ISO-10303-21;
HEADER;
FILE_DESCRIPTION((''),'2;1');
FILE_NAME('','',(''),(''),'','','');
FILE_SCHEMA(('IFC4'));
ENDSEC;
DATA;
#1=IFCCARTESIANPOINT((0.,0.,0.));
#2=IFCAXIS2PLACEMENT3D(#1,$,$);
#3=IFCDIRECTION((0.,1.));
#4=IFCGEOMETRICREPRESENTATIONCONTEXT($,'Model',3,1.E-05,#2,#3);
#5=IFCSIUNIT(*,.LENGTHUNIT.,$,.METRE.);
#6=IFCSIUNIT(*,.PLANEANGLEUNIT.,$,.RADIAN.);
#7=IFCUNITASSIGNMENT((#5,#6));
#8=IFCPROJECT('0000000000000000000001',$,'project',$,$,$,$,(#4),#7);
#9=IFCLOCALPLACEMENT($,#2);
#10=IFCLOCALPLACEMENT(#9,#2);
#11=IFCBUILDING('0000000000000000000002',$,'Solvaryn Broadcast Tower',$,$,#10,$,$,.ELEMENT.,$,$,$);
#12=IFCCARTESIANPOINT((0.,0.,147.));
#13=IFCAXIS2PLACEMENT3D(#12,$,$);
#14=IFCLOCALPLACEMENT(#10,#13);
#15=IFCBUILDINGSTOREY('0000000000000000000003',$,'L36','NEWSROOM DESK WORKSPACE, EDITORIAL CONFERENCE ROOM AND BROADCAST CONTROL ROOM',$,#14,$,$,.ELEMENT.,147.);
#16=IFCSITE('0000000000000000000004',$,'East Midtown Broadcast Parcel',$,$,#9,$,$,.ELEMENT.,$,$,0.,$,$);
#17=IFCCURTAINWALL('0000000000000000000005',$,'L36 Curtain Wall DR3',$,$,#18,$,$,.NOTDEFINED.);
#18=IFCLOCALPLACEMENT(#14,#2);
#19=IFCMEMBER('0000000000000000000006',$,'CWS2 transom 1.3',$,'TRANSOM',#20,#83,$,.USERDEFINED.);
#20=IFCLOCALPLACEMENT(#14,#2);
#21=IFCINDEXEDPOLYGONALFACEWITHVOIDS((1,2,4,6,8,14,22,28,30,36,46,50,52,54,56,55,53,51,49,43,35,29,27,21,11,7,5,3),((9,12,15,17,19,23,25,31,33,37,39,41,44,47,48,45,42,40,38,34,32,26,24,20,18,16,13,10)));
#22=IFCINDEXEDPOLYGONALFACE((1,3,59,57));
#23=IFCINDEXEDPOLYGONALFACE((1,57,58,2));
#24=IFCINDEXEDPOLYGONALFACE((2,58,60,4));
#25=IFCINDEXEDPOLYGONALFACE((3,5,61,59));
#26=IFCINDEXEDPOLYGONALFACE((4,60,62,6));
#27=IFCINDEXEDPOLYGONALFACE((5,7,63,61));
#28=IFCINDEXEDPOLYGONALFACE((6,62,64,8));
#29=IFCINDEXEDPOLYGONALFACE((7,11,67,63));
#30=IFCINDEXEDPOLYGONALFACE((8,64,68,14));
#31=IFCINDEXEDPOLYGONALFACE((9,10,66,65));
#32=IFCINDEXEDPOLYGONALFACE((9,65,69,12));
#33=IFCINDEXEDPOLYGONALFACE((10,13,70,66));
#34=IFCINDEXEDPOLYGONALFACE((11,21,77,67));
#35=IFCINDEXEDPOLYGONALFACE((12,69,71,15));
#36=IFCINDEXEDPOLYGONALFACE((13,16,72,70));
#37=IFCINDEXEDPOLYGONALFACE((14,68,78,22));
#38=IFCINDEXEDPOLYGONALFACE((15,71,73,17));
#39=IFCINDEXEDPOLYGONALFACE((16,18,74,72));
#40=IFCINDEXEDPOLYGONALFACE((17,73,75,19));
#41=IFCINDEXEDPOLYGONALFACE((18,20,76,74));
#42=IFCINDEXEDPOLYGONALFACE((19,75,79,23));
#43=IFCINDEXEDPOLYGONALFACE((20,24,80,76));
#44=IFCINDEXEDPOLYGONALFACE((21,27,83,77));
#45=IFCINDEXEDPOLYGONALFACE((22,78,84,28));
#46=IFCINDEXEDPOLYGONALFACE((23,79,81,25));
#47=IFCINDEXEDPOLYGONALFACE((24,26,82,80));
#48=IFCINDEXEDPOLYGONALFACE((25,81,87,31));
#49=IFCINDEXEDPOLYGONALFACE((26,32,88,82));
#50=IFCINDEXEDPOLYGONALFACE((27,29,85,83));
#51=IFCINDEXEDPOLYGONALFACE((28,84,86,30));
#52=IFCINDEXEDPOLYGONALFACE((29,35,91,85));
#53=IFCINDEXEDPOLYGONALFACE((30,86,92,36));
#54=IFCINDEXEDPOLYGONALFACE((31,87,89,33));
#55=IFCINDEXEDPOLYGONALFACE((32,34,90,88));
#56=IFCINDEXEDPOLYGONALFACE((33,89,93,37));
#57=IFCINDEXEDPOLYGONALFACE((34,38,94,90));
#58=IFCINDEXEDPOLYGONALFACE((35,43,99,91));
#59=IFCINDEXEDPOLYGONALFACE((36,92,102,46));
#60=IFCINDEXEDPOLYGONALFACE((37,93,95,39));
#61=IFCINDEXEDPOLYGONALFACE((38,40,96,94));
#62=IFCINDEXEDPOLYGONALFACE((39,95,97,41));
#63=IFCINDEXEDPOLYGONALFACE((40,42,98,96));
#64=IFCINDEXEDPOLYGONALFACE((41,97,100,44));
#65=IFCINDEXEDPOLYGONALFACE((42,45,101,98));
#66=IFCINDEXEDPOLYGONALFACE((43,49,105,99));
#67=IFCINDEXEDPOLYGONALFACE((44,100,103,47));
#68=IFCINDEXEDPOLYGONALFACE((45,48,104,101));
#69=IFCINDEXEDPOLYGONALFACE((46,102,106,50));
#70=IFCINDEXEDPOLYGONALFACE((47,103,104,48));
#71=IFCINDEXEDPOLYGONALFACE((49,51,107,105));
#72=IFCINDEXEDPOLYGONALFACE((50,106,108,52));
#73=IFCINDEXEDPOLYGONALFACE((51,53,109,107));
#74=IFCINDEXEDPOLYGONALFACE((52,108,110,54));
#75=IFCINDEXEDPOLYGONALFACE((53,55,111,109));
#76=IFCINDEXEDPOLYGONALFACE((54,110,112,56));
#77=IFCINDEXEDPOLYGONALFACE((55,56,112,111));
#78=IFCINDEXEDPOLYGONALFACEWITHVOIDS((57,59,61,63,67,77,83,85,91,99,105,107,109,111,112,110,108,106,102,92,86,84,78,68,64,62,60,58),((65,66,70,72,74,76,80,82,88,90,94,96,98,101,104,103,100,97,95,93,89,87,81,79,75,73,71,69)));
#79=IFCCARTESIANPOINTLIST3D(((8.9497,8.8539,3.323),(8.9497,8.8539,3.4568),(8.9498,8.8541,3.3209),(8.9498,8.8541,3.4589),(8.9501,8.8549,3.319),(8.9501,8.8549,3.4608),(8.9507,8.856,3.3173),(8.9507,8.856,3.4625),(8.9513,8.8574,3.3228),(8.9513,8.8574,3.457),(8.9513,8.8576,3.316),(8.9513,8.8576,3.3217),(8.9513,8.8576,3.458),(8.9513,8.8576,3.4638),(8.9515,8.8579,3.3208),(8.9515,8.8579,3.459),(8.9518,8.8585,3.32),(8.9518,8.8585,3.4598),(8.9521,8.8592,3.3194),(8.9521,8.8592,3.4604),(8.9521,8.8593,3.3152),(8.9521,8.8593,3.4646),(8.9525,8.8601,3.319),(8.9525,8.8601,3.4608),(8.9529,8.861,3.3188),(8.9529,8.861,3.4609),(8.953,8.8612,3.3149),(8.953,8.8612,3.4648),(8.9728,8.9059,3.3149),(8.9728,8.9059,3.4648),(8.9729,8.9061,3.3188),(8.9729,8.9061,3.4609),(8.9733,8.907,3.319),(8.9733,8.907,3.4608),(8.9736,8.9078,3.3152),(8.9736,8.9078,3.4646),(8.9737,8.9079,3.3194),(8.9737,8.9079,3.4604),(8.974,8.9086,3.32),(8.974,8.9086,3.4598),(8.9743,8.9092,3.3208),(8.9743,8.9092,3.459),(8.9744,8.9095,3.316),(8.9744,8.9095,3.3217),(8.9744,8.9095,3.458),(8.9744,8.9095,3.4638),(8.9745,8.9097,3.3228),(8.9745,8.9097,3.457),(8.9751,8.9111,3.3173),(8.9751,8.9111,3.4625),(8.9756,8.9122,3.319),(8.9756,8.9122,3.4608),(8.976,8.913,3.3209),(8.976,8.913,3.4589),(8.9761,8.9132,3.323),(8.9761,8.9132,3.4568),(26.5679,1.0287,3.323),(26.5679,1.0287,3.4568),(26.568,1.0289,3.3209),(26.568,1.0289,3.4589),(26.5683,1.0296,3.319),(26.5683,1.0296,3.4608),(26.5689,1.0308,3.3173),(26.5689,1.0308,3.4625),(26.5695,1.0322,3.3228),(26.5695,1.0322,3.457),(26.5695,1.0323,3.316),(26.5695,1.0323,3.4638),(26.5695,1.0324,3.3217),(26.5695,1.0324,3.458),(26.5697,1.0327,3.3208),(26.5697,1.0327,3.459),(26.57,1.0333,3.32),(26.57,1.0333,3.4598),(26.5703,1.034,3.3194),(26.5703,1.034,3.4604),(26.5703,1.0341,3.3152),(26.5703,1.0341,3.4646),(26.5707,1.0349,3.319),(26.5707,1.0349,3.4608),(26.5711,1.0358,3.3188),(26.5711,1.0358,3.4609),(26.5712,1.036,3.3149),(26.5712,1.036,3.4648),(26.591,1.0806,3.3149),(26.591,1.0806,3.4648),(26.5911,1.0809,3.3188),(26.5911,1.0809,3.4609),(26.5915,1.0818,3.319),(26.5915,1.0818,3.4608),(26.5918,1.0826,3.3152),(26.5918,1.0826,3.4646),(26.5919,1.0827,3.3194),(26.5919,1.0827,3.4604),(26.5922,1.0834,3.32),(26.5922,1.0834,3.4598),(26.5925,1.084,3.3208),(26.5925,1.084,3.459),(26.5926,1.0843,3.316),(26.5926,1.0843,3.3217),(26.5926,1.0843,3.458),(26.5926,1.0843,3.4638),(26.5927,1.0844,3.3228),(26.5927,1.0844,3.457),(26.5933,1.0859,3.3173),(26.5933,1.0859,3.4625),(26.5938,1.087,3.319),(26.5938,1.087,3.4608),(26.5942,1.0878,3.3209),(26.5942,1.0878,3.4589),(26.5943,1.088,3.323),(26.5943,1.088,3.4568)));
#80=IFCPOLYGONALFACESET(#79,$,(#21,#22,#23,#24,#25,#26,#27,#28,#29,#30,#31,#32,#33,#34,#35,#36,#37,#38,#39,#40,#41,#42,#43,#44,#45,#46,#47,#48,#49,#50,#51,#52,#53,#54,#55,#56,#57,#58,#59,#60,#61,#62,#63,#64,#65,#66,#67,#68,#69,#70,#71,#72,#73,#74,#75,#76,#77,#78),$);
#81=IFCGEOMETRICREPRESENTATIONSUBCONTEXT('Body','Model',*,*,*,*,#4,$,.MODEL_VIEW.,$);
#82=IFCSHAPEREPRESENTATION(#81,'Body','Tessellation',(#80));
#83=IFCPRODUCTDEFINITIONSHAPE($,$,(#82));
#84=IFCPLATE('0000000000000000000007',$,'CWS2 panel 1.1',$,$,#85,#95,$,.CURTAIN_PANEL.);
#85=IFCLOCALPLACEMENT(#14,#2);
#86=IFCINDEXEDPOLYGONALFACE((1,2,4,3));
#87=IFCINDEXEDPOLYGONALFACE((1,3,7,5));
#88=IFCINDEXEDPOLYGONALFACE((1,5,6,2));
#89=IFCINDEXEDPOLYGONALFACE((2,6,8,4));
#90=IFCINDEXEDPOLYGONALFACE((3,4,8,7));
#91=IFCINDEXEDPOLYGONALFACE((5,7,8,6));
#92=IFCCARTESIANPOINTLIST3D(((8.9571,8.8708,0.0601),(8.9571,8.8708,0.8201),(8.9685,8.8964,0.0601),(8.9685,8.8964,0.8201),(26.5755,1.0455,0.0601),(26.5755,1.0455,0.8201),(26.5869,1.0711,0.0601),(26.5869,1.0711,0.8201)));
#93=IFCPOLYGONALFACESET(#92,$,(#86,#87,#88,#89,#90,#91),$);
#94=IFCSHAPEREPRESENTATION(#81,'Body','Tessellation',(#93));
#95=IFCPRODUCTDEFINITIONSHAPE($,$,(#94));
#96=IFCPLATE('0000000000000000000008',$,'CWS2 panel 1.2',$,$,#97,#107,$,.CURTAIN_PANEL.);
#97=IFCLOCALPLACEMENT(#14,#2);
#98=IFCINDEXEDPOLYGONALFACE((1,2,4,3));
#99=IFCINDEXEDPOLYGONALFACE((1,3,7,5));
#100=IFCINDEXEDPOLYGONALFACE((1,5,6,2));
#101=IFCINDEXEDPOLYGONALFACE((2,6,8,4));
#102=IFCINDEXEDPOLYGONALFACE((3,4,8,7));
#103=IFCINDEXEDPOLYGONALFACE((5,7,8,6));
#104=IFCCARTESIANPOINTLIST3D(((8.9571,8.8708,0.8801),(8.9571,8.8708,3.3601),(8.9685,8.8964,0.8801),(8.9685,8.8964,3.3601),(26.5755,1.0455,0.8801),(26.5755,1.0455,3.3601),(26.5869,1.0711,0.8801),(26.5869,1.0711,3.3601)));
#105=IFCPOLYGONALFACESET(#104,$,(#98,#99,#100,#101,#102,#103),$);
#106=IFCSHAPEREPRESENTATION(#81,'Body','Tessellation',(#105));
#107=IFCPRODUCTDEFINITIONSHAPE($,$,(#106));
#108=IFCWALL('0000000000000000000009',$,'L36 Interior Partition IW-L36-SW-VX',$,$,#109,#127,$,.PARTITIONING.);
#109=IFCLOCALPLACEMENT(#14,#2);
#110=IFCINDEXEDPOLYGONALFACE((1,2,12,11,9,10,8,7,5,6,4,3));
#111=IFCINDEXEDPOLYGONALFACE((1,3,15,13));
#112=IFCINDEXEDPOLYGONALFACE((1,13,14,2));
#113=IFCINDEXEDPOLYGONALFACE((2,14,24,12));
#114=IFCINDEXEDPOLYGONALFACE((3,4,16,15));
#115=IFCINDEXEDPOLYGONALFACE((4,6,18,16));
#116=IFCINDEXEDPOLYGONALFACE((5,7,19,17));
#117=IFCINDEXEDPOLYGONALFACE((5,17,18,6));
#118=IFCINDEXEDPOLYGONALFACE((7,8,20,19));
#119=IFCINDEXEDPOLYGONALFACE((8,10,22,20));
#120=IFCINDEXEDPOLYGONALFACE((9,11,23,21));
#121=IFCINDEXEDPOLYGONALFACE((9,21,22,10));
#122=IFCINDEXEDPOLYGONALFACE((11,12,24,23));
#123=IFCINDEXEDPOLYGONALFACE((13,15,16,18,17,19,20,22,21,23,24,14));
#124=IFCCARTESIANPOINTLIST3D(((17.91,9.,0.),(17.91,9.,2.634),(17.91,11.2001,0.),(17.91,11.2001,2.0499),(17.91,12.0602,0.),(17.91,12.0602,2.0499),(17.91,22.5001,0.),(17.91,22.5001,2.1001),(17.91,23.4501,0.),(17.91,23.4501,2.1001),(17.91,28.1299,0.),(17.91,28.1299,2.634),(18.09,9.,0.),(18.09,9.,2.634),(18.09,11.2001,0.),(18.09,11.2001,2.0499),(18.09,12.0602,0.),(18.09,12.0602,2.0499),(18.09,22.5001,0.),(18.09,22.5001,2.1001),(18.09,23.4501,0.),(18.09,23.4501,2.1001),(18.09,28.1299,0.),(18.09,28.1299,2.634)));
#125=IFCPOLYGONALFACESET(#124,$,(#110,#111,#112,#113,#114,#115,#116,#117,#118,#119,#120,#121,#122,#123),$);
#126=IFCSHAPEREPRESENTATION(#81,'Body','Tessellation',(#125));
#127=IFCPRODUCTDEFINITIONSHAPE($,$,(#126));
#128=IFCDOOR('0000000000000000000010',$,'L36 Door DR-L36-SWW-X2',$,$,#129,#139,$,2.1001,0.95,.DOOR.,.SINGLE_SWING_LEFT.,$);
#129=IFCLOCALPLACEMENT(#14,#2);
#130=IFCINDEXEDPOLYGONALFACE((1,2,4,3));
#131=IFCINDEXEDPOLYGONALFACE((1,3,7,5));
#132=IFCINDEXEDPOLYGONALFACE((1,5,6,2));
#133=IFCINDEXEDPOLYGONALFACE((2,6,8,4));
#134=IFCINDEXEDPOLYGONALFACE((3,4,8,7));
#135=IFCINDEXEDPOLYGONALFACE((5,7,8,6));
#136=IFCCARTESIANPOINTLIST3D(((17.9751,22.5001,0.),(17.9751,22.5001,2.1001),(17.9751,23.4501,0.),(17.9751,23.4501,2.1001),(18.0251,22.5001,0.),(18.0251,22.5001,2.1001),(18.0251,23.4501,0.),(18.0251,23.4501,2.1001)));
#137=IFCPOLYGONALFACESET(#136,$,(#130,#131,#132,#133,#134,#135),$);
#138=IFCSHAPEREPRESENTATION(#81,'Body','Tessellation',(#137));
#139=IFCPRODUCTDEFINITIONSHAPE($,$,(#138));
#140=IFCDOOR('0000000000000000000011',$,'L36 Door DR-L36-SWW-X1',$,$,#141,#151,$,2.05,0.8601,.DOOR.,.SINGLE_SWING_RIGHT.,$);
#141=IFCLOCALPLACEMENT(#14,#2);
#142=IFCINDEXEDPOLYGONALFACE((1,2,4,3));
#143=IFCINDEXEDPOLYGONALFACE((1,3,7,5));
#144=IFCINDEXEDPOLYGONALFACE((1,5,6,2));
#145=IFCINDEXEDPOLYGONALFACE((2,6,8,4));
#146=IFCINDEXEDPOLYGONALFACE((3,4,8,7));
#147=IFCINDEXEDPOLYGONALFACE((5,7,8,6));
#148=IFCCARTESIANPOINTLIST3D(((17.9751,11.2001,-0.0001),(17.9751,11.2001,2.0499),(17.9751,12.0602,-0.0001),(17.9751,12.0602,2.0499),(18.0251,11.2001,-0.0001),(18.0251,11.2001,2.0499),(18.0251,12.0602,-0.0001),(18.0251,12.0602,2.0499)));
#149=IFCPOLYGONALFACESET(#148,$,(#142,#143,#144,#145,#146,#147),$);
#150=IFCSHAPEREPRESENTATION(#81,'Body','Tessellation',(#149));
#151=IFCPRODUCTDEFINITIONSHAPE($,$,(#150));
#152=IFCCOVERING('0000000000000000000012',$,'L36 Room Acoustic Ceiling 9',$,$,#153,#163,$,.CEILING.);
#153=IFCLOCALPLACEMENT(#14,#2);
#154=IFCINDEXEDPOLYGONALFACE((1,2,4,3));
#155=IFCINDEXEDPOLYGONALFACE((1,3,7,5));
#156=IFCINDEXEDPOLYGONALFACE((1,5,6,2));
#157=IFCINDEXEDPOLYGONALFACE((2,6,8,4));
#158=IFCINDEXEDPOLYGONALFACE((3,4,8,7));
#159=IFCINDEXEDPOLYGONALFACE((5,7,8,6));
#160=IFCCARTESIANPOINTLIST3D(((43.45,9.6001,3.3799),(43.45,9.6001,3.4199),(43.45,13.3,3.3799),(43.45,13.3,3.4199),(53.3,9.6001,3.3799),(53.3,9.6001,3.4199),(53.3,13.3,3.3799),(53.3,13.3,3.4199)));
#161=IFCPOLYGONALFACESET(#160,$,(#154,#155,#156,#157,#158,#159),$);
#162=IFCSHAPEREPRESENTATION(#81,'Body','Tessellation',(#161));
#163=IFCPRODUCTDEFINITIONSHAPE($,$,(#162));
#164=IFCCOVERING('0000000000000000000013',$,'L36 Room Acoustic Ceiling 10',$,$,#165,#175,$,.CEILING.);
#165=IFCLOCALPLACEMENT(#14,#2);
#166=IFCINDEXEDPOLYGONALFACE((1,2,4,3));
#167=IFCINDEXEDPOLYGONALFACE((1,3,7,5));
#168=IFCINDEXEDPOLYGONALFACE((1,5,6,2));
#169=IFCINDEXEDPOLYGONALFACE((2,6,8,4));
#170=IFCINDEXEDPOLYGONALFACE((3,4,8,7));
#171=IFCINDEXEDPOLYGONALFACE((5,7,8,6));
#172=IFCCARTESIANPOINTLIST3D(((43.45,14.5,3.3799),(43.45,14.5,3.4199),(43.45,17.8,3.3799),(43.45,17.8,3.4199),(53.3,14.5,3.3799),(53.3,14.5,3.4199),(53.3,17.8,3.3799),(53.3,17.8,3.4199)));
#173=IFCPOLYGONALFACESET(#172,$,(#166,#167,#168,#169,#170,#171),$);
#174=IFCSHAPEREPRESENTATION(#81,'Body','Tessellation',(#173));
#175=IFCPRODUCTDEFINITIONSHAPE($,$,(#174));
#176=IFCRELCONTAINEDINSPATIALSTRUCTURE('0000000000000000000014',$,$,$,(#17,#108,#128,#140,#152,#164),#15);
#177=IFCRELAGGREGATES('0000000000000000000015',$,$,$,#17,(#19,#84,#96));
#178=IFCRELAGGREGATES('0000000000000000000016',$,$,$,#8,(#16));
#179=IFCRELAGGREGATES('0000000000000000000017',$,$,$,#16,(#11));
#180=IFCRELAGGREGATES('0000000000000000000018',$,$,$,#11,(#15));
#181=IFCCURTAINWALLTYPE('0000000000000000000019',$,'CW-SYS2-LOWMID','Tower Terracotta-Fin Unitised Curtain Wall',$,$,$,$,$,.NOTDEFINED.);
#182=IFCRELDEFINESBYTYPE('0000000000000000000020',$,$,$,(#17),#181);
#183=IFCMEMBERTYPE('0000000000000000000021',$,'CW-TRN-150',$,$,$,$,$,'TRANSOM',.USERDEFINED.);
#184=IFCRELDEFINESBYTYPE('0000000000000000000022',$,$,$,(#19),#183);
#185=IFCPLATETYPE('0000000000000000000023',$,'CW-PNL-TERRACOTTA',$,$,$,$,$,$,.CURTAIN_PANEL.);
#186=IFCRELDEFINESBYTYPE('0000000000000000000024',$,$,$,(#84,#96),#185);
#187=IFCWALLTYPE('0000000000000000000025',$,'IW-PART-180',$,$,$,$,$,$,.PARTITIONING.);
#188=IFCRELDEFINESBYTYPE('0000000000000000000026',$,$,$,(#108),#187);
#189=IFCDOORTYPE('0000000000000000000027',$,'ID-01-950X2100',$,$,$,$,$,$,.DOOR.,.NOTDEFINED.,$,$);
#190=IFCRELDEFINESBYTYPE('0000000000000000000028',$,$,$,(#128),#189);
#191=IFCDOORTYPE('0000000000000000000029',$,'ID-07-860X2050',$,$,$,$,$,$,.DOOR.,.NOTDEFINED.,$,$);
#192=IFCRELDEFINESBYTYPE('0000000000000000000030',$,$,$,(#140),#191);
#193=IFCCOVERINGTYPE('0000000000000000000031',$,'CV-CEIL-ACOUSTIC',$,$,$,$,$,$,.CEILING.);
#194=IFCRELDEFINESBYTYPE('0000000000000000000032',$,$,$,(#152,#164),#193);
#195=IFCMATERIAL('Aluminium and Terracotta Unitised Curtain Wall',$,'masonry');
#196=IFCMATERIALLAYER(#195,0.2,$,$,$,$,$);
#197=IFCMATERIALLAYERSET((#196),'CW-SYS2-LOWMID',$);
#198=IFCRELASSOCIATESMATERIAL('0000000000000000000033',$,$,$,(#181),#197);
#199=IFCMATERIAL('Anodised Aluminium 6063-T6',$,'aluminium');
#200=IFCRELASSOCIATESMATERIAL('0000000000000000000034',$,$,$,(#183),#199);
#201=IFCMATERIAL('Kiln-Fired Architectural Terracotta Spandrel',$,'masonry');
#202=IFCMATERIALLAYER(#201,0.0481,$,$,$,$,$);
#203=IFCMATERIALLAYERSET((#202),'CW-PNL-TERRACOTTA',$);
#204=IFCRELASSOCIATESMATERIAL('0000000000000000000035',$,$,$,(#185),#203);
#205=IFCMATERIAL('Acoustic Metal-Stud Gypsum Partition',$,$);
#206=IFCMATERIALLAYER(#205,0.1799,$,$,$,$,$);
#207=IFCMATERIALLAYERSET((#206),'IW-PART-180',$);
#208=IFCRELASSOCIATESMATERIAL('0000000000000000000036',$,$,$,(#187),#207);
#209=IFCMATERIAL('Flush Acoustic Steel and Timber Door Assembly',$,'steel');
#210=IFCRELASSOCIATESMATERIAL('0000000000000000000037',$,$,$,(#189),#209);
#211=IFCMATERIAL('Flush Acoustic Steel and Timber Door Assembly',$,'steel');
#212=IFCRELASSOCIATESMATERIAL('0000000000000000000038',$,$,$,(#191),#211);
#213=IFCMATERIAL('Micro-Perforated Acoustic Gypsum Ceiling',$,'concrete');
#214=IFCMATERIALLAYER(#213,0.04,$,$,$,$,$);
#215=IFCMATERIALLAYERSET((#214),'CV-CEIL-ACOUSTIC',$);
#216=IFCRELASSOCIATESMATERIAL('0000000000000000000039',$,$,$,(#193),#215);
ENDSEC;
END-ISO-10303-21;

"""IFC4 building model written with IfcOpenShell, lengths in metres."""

from ifc_helpers import new_model, si_unit, direction, frame, frame_2d, origin, origin_2d, place, context, subcontext, project, spatial, polyline, rectangle, hollow_rectangle, outline, extrude, material, layer, layer_set, material_profile, profile_set, type_object, element, fill, aggregate, save


model = new_model("IFC4")

# Units and contexts
model_context = context("Model", 3, precision=1e-05, world=origin(), true_north=direction((0.0, 1.0)))
body_context = subcontext(model_context, "Body", "Model", "MODEL_VIEW")
ifc_project = project(units=[si_unit("LENGTHUNIT", "METRE"), si_unit("PLANEANGLEUNIT", "RADIAN")], contexts=[model_context])

# Site, building, storey
site_placement = place(None, origin())
site = spatial("IfcSite", under=ifc_project, at=site_placement, Name="East Midtown Broadcast Parcel", CompositionType="ELEMENT", RefElevation=0.0)
building_placement = place(site_placement, origin())
building = spatial("IfcBuilding", under=site, at=building_placement, Name="Solvaryn Broadcast Tower", CompositionType="ELEMENT")
storey_placement = place(building_placement, frame((0.0, 0.0, 147.0)))
storey = spatial("IfcBuildingStorey", under=building, at=storey_placement, Name="L36", Description="NEWSROOM DESK WORKSPACE, EDITORIAL CONFERENCE ROOM AND BROADCAST CONTROL ROOM", CompositionType="ELEMENT", Elevation=147.0)

# Shared definitions
ifc_material_1 = material(Name="Aluminium and Terracotta Unitised Curtain Wall", Category="masonry")
ifc_layer_1 = layer(ifc_material_1, 0.2)
ifc_layer_set_1 = layer_set([ifc_layer_1], Name="CW-SYS2-LOWMID")
curtain_wall_type = type_object("IfcCurtainWallType", Name="CW-SYS2-LOWMID", Description="Tower Terracotta-Fin Unitised Curtain Wall", PredefinedType="NOTDEFINED", material=ifc_layer_set_1)

# Curtain wall, member, plates
curtain_wall_1_placement = place(storey_placement, origin())
curtain_wall_1 = element("IfcCurtainWall", 1, at=curtain_wall_1_placement, inside=storey, type_object=curtain_wall_type, Name="L36 Curtain Wall DR3", PredefinedType="NOTDEFINED")
ifc_material_2 = material(Name="Anodised Aluminium 6063-T6", Category="aluminium")
ifc_material_profile_1 = material_profile(ifc_material_2, hollow_rectangle(XDim=0.0649, YDim=0.1499, WallThickness=0.0039, InnerFilletRadius=0.0039, OuterFilletRadius=0.0081, at=origin_2d()))
ifc_profile_set_1 = profile_set([ifc_material_profile_1], Name="Anodised Aluminium 6063-T6")
member_type_1 = type_object("IfcMemberType", Name="CW-TRN-150", ElementType="TRANSOM", PredefinedType="USERDEFINED", material=ifc_profile_set_1)
member_1_placement = place(storey_placement, frame((8.9629, 8.8835, 3.3899), z_axis=(0.91391, -0.405918, 0.0), x_axis=(0.405918, 0.91391, 0.0)))
member_1 = element("IfcMember", 2, at=member_1_placement, type_object=member_type_1, Name="CWS2 transom 1.3", ObjectType="TRANSOM", PredefinedType="USERDEFINED", context=body_context, shape_type="SweptSolid", body=[
    extrude(hollow_rectangle(XDim=0.0649, YDim=0.1499, WallThickness=0.0039, InnerFilletRadius=0.0039, OuterFilletRadius=0.0081, at=origin_2d()), origin(), (0.0, 0.0, 1.0), 19.2778),
])
ifc_material_3 = material(Name="Kiln-Fired Architectural Terracotta Spandrel", Category="masonry")
ifc_layer_2 = layer(ifc_material_3, 0.0481)
ifc_layer_set_2 = layer_set([ifc_layer_2], Name="CW-PNL-TERRACOTTA")
plate_type = type_object("IfcPlateType", Name="CW-PNL-TERRACOTTA", PredefinedType="CURTAIN_PANEL", material=ifc_layer_set_2)
plate_1_placement = place(storey_placement, frame((17.772, 4.9709, 0.0601), z_axis=(0.0, 0.0, 1.0), x_axis=(0.913909, -0.405918, 0.0)))
plate_1 = element("IfcPlate", 3, at=plate_1_placement, type_object=plate_type, Name="CWS2 panel 1.1", PredefinedType="CURTAIN_PANEL", context=body_context, shape_type="SweptSolid", body=[
    extrude(rectangle(XDim=19.2781, YDim=0.0281, at=origin_2d()), origin(), (0.0, 0.0, 1.0), 0.76),
])
plate_2_placement = place(storey_placement, frame((17.772, 4.9709, 0.8801), z_axis=(0.0, 0.0, 1.0), x_axis=(0.913909, -0.405918, 0.0)))
plate_2 = element("IfcPlate", 4, at=plate_2_placement, type_object=plate_type, Name="CWS2 panel 1.2", PredefinedType="CURTAIN_PANEL", context=body_context, shape_type="SweptSolid", body=[
    extrude(rectangle(XDim=19.2781, YDim=0.0281, at=origin_2d()), origin(), (0.0, 0.0, 1.0), 2.48),
])
aggregate(curtain_wall_1, [member_1, plate_1, plate_2])

# Wall, openings, doors
ifc_material_4 = material(Name="Acoustic Metal-Stud Gypsum Partition")
ifc_layer_3 = layer(ifc_material_4, 0.1799)
ifc_layer_set_3 = layer_set([ifc_layer_3], Name="IW-PART-180")
wall_type = type_object("IfcWallType", Name="IW-PART-180", PredefinedType="PARTITIONING", material=ifc_layer_set_3)
wall_placement = place(storey_placement, frame((18.0, 9.0, 0.0), z_axis=(0.0, 0.0, 1.0), x_axis=(0.0, 1.0, 0.0)))
wall = element("IfcWall", 5, at=wall_placement, inside=storey, type_object=wall_type, Name="L36 Interior Partition IW-L36-SW-VX", PredefinedType="PARTITIONING", context=body_context, shape_type="SweptSolid", body=[
    extrude(rectangle(XDim=19.1299, YDim=0.1799, at=frame_2d((9.5649, 0.0))), origin(), (0.0, 0.0, 1.0), 2.634),
])
opening_1_placement = place(wall_placement, frame((2.2, 0.0, 0.0)))
opening_1 = element("IfcOpeningElement", 6, at=opening_1_placement, cuts=wall, PredefinedType="OPENING", context=body_context, shape_type="SweptSolid", body=[
    extrude(rectangle(XDim=0.8601, YDim=2.05, at=frame_2d((0.4302, 1.0249))), frame((0.0, 0.0999, 0.0), z_axis=(0.0, -1.0, 0.0), x_axis=(1.0, 0.0, 0.0)), (0.0, 0.0, 1.0), 0.2),
])
opening_2_placement = place(wall_placement, frame((13.5, 0.0, 0.0)))
opening_2 = element("IfcOpeningElement", 7, at=opening_2_placement, cuts=wall, PredefinedType="OPENING", context=body_context, shape_type="SweptSolid", body=[
    extrude(rectangle(XDim=0.95, YDim=2.1001, at=frame_2d((0.4751, 1.05))), frame((0.0, 0.0999, 0.0), z_axis=(0.0, -1.0, 0.0), x_axis=(1.0, 0.0, 0.0)), (0.0, 0.0, 1.0), 0.2),
])
ifc_material_5 = material(Name="Flush Acoustic Steel and Timber Door Assembly", Category="steel")
door_type_1 = type_object("IfcDoorType", Name="ID-01-950X2100", OperationType="NOTDEFINED", PredefinedType="DOOR", material=ifc_material_5)
door_1_placement = place(opening_2_placement, origin())
door_1 = element("IfcDoor", 8, at=door_1_placement, inside=storey, type_object=door_type_1, Name="L36 Door DR-L36-SWW-X2", OperationType="SINGLE_SWING_LEFT", OverallHeight=2.1001, OverallWidth=0.95, PredefinedType="DOOR", context=body_context, shape_type="SweptSolid", body=[
    extrude(rectangle(XDim=0.95, YDim=2.1001, at=frame_2d((0.4751, 1.05))), frame((0.0, 0.0249, 0.0), z_axis=(0.0, -1.0, 0.0), x_axis=(1.0, 0.0, 0.0)), (0.0, 0.0, 1.0), 0.05),
])
fill(opening_2, door_1)
ifc_material_6 = material(Name="Flush Acoustic Steel and Timber Door Assembly", Category="steel")
door_type_2 = type_object("IfcDoorType", Name="ID-07-860X2050", OperationType="NOTDEFINED", PredefinedType="DOOR", material=ifc_material_6)
door_2_placement = place(opening_1_placement, origin())
door_2 = element("IfcDoor", 9, at=door_2_placement, inside=storey, type_object=door_type_2, Name="L36 Door DR-L36-SWW-X1", OperationType="SINGLE_SWING_RIGHT", OverallHeight=2.05, OverallWidth=0.8601, PredefinedType="DOOR", context=body_context, shape_type="SweptSolid", body=[
    extrude(rectangle(XDim=0.8601, YDim=2.05, at=frame_2d((0.4302, 1.0249))), frame((0.0, 0.0249, 0.0), z_axis=(0.0, -1.0, 0.0), x_axis=(1.0, 0.0, 0.0)), (0.0, 0.0, 1.0), 0.05),
])
fill(opening_1, door_2)

# Coverings
ifc_material_7 = material(Name="Micro-Perforated Acoustic Gypsum Ceiling", Category="concrete")
ifc_layer_4 = layer(ifc_material_7, 0.04)
ifc_layer_set_4 = layer_set([ifc_layer_4], Name="CV-CEIL-ACOUSTIC")
covering_type_1 = type_object("IfcCoveringType", Name="CV-CEIL-ACOUSTIC", PredefinedType="CEILING", material=ifc_layer_set_4)
covering_1_placement = place(storey_placement, frame((0.0, 0.0, 3.3799)))
element("IfcCovering", 10, at=covering_1_placement, inside=storey, type_object=covering_type_1, Name="L36 Room Acoustic Ceiling 9", PredefinedType="CEILING", context=body_context, shape_type="SweptSolid", body=[
    extrude(outline(polyline([(43.45, 9.6001), (53.3, 9.6001), (53.3, 13.3), (43.45, 13.3), (43.45, 9.6001)])), origin(), (0.0, 0.0, 1.0), 0.04),
])
covering_2_placement = place(storey_placement, frame((0.0, 0.0, 3.3799)))
element("IfcCovering", 11, at=covering_2_placement, inside=storey, type_object=covering_type_1, Name="L36 Room Acoustic Ceiling 10", PredefinedType="CEILING", context=body_context, shape_type="SweptSolid", body=[
    extrude(outline(polyline([(43.45, 14.5), (53.3, 14.5), (53.3, 17.8), (43.45, 17.8), (43.45, 14.5)])), origin(), (0.0, 0.0, 1.0), 0.04),
])

save(model, "model.ifc")
